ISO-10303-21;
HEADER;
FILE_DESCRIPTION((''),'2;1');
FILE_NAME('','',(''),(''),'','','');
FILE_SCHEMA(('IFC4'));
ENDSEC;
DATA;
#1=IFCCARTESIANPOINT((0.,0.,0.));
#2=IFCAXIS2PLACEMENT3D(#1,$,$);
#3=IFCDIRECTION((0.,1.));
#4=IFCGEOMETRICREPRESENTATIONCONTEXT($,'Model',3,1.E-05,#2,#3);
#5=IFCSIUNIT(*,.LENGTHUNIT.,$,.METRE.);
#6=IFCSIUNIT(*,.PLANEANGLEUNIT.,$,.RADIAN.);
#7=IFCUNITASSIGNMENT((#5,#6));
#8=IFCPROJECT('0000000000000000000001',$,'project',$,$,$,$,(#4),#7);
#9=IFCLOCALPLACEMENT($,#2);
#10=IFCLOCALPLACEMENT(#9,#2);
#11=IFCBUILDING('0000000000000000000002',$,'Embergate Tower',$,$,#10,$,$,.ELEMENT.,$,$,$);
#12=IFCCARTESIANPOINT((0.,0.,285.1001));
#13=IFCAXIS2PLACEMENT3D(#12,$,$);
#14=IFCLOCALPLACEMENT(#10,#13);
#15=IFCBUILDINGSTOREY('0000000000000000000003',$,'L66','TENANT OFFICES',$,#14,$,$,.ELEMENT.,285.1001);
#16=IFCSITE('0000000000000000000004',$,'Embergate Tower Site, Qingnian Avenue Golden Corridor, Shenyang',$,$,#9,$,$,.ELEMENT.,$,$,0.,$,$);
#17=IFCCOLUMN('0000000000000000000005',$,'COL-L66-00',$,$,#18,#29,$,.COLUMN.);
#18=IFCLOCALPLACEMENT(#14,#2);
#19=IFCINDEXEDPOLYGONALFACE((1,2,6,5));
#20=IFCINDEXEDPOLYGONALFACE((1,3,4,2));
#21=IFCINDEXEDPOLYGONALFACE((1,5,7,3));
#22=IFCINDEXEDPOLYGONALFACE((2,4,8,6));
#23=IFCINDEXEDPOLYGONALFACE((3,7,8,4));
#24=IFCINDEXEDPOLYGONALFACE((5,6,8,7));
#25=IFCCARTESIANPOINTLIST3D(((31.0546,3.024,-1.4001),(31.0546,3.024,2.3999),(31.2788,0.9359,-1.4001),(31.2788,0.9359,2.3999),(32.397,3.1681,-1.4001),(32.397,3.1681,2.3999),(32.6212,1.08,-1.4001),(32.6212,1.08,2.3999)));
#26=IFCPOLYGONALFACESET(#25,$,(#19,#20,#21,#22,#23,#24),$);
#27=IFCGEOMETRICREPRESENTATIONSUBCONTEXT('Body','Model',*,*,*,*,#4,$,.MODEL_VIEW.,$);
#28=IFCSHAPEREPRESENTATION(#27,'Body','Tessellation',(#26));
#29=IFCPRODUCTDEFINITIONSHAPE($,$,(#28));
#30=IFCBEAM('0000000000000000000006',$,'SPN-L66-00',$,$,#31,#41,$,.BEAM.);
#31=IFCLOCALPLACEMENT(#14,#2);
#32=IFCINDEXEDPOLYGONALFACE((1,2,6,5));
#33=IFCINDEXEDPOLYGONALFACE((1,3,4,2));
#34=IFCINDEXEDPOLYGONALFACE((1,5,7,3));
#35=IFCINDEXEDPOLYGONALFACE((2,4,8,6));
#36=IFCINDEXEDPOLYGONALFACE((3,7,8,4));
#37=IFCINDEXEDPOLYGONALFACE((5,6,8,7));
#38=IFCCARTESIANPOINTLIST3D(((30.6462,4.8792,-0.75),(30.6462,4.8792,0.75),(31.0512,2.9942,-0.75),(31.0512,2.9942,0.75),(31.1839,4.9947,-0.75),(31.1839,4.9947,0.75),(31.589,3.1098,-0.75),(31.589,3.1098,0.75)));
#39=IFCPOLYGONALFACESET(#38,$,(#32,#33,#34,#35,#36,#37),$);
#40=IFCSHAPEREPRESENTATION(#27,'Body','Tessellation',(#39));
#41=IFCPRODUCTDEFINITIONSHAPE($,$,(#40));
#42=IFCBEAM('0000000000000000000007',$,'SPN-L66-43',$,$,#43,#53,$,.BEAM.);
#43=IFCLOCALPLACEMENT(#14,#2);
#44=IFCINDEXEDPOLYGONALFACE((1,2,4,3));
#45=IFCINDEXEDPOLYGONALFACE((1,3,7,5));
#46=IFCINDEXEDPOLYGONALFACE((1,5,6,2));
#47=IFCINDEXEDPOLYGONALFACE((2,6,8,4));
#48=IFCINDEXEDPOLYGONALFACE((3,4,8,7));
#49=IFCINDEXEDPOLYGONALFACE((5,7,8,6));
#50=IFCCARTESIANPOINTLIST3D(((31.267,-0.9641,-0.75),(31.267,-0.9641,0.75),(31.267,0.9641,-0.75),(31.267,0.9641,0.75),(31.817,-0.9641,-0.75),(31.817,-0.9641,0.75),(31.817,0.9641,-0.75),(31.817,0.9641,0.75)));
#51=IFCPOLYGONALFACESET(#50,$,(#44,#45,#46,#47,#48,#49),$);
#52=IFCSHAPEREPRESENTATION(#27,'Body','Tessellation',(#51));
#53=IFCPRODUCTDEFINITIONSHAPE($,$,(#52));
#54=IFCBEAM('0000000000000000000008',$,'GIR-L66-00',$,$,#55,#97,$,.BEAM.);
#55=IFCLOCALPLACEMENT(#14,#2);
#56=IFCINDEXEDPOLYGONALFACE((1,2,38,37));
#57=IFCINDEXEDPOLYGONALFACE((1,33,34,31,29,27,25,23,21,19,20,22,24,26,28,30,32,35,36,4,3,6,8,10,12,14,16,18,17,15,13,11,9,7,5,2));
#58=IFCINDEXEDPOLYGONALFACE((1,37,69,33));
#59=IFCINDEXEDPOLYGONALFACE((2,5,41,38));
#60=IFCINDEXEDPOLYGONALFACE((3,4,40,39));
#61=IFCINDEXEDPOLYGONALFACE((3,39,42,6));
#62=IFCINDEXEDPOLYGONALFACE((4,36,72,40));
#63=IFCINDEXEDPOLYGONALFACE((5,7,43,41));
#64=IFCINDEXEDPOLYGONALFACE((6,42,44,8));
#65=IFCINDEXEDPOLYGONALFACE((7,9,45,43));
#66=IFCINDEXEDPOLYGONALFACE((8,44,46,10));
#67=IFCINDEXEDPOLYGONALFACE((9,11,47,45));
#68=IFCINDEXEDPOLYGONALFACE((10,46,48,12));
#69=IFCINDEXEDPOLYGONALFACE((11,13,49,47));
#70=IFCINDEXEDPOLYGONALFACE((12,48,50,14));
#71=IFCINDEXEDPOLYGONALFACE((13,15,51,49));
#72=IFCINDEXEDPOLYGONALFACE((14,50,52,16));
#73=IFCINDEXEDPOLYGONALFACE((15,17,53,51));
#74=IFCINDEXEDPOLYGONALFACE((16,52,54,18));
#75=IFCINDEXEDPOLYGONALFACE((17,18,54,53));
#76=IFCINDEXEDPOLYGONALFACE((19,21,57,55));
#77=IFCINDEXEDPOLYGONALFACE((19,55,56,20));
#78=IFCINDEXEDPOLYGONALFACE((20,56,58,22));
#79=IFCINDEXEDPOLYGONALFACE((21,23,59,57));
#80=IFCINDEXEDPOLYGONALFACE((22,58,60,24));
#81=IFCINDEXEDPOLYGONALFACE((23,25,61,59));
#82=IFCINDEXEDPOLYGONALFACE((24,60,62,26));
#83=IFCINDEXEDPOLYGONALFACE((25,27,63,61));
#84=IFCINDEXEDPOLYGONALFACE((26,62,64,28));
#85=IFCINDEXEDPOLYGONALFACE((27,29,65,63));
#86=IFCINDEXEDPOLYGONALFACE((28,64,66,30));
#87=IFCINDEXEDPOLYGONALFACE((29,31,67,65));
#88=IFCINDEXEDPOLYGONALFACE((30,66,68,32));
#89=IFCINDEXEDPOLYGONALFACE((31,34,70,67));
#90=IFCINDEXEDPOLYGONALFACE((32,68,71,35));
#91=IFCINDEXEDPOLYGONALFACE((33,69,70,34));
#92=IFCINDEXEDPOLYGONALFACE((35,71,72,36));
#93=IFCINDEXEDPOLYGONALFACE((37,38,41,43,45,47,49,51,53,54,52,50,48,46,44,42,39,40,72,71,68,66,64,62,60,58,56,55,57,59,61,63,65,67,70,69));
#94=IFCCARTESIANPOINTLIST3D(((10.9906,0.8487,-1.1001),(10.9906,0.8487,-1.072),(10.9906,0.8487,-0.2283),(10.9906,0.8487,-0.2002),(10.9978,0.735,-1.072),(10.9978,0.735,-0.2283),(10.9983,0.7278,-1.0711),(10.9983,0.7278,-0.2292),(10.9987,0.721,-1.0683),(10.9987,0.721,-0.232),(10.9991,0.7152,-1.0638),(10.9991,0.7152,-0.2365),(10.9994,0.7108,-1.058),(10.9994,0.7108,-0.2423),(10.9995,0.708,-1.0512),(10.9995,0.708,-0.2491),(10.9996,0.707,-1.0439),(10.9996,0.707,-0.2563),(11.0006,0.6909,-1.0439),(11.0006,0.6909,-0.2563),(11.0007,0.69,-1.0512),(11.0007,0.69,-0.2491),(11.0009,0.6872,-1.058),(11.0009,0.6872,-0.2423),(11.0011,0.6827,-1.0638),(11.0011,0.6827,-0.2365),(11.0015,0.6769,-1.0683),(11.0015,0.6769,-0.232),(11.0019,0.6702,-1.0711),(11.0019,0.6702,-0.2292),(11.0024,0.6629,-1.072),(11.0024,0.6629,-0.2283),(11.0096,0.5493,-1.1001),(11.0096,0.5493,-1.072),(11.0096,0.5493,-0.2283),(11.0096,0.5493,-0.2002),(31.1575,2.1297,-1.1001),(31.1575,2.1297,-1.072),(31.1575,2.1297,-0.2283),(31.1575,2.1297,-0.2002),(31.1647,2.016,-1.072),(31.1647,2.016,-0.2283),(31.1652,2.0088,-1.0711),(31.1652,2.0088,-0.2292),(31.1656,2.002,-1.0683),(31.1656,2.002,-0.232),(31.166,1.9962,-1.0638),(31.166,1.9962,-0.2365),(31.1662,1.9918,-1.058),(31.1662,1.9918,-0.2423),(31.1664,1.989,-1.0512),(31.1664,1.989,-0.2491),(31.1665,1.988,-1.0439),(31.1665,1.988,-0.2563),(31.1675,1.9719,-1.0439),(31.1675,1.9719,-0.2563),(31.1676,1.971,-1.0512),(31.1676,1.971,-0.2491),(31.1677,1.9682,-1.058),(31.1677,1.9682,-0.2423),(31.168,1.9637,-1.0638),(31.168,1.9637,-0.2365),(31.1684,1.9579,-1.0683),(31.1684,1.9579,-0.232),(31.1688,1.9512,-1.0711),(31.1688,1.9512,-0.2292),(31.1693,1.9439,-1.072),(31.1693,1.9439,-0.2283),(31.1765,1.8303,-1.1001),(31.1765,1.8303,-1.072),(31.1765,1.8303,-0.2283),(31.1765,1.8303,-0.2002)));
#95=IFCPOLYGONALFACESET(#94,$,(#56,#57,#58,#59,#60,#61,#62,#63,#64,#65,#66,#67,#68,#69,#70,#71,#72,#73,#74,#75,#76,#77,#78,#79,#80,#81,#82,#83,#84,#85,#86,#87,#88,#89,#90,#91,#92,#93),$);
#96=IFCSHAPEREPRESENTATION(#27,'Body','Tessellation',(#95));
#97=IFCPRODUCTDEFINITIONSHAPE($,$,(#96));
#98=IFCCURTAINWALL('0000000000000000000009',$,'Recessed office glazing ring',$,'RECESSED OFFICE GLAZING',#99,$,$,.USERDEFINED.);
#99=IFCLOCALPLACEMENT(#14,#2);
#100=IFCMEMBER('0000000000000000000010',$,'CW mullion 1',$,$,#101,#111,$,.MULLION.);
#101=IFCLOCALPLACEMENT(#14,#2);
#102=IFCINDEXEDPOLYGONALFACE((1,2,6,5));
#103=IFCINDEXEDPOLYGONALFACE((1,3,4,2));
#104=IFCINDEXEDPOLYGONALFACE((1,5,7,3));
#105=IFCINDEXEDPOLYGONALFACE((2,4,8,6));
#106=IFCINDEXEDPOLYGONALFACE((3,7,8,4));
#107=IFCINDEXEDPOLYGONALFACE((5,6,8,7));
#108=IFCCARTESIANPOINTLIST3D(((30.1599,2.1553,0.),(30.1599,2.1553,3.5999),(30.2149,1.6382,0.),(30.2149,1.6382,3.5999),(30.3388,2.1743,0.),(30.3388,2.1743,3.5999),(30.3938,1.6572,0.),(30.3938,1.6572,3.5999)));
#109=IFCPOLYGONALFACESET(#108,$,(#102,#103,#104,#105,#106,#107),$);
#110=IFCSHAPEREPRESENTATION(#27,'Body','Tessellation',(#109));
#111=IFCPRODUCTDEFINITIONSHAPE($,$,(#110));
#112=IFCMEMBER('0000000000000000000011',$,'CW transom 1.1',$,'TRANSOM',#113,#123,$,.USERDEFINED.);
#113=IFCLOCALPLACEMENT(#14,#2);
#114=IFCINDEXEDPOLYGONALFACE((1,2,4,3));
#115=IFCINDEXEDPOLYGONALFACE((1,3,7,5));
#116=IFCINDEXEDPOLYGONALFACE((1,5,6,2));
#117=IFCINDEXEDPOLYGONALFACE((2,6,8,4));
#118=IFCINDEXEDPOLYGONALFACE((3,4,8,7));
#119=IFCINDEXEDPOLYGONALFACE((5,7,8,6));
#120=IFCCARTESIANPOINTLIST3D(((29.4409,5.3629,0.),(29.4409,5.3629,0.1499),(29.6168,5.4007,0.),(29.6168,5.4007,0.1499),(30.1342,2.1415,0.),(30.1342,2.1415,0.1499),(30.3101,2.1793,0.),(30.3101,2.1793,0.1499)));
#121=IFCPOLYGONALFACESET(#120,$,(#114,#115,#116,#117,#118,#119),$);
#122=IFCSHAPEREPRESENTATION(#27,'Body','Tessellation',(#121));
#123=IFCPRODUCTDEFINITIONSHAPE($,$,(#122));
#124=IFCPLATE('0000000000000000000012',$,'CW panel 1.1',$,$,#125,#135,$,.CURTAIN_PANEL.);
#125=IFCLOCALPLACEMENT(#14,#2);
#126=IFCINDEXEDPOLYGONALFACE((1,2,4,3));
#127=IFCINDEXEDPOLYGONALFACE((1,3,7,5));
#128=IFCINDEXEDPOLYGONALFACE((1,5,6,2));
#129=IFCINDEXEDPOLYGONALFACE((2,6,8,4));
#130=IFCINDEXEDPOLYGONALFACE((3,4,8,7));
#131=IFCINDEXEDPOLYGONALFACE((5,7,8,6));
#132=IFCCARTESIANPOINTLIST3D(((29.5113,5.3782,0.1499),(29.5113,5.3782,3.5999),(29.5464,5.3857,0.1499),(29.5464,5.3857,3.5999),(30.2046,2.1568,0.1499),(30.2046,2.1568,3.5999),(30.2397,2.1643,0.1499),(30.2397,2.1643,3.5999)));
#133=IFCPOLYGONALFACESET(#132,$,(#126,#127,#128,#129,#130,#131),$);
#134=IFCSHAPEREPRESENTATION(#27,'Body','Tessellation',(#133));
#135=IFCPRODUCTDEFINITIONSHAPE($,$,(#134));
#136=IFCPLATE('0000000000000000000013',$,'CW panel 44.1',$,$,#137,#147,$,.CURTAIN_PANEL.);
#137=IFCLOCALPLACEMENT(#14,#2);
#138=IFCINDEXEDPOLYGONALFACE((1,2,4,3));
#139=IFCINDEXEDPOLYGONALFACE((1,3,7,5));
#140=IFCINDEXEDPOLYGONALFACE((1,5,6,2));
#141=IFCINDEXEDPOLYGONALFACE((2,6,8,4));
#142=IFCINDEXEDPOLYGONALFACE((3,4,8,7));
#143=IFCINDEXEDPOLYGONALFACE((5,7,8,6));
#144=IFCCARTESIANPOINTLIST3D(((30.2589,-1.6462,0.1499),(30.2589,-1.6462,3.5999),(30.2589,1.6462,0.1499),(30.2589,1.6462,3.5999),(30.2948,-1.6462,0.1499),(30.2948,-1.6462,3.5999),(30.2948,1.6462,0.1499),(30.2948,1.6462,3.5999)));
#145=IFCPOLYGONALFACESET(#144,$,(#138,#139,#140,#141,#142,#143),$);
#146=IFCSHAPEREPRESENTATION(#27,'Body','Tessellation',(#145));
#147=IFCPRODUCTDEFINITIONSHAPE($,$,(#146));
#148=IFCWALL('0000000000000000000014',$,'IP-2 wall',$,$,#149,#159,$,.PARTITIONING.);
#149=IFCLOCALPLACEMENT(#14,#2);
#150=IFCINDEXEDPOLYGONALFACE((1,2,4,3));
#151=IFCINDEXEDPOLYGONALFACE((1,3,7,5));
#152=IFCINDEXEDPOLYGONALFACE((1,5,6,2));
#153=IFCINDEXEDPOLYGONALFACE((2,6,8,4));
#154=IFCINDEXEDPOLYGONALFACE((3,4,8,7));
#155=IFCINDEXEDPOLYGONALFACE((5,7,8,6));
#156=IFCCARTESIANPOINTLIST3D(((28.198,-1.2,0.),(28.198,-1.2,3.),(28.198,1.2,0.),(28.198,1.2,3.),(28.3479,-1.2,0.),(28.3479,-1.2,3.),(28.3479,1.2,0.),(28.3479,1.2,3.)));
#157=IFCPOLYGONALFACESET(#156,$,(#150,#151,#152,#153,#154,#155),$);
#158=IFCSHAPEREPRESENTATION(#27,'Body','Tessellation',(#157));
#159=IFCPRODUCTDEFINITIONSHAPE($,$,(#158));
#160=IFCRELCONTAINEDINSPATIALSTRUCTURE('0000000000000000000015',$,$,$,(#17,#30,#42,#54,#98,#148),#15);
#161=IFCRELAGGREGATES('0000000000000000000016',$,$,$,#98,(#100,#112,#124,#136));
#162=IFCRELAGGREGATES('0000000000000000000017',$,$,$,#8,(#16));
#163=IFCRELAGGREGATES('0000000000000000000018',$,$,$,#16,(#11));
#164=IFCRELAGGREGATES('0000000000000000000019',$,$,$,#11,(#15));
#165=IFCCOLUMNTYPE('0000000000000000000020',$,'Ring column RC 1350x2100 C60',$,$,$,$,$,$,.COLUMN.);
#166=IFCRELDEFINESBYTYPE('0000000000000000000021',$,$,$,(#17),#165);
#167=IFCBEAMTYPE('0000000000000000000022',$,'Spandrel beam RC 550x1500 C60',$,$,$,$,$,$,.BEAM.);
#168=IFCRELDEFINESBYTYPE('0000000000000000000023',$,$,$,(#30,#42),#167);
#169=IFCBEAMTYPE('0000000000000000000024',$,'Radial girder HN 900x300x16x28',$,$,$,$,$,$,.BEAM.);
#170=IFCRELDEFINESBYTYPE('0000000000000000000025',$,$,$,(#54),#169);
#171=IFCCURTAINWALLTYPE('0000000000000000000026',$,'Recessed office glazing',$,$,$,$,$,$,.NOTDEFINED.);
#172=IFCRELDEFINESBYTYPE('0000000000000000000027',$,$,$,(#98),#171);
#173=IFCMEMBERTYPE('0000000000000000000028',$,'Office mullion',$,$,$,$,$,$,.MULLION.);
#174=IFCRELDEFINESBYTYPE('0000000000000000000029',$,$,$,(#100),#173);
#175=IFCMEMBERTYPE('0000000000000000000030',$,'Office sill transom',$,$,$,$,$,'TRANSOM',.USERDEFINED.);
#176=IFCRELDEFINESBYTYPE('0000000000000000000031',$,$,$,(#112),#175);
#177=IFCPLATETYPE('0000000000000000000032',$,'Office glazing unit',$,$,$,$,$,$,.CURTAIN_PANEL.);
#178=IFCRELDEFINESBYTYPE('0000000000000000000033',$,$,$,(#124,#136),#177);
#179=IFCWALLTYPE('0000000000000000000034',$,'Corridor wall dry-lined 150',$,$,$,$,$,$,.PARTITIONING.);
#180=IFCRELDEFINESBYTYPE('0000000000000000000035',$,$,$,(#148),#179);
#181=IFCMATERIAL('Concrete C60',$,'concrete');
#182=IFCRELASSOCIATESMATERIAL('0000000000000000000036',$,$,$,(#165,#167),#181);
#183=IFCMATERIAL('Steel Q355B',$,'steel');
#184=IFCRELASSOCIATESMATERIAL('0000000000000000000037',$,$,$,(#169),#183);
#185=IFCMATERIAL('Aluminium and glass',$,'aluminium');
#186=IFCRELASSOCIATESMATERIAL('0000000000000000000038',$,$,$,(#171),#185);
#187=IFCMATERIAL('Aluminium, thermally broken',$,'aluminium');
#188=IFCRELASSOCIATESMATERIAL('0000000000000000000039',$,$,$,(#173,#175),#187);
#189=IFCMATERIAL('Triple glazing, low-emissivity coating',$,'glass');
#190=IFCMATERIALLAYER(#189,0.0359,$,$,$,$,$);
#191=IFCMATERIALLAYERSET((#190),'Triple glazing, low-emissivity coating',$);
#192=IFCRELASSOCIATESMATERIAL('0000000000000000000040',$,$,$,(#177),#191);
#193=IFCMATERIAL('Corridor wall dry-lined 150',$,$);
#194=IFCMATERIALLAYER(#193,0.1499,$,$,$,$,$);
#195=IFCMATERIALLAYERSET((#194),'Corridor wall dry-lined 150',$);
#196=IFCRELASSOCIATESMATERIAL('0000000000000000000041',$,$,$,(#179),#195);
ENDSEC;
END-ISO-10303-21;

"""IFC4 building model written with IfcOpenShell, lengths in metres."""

from ifc_helpers import new_model, si_unit, direction, frame, frame_2d, origin, origin_2d, place, context, subcontext, project, spatial, rectangle, i_section, extrude, source, transform, mapped, material, layer, layer_set, material_profile, profile_set, type_object, element, aggregate, save


model = new_model("IFC4")

# Units and contexts
model_context = context("Model", 3, precision=1e-05, world=origin(), true_north=direction((0.0, 1.0)))
body_context = subcontext(model_context, "Body", "Model", "MODEL_VIEW")
ifc_project = project(units=[si_unit("LENGTHUNIT", "METRE"), si_unit("PLANEANGLEUNIT", "RADIAN")], contexts=[model_context])

# Site, building, storey
site_placement = place(None, origin())
site = spatial("IfcSite", under=ifc_project, at=site_placement, Name="Embergate Tower Site, Qingnian Avenue Golden Corridor, Shenyang", CompositionType="ELEMENT", RefElevation=0.0)
building_placement = place(site_placement, origin())
building = spatial("IfcBuilding", under=site, at=building_placement, Name="Embergate Tower", CompositionType="ELEMENT")
storey_placement = place(building_placement, frame((0.0, 0.0, 285.1001)))
storey = spatial("IfcBuildingStorey", under=building, at=storey_placement, Name="L66", Description="TENANT OFFICES", CompositionType="ELEMENT", Elevation=285.1001)

# Column
ifc_material_1 = material(Name="Concrete C60", Category="concrete")
ifc_material_profile_1 = material_profile(ifc_material_1, rectangle(XDim=1.3501, YDim=2.1001, at=origin_2d()), Name="RC 1350x2100")
ifc_profile_set_1 = profile_set([ifc_material_profile_1], Name="Concrete C60")
column_type = type_object("IfcColumnType", Name="Ring column RC 1350x2100 C60", PredefinedType="COLUMN", material=ifc_profile_set_1)
shared_shape_1 = source(origin(), body_context, "Body", "SweptSolid", [
    extrude(rectangle(XDim=1.3501, YDim=2.1001, at=origin_2d()), origin(), (0.0, 0.0, 1.0), 3.8),
])
column_placement = place(storey_placement, frame((31.8379, 2.052, -1.4001), z_axis=(0.0, 0.0, 1.0), x_axis=(0.994286, 0.10675, 0.0)))
element("IfcColumn", 1, at=column_placement, inside=storey, type_object=column_type, Name="COL-L66-00", PredefinedType="COLUMN", context=body_context, shape_type="MappedRepresentation", body=[
    mapped(shared_shape_1, transform((0.0, 0.0, 0.0))),
])

# Beams
ifc_material_profile_2 = material_profile(ifc_material_1, rectangle(XDim=0.55, YDim=1.5, at=origin_2d()), Name="RC 550x1500")
ifc_profile_set_2 = profile_set([ifc_material_profile_2], Name="Concrete C60")
beam_type_1 = type_object("IfcBeamType", Name="Spandrel beam RC 550x1500 C60", PredefinedType="BEAM", material=ifc_profile_set_2)
shared_shape_2 = source(origin(), body_context, "Body", "SweptSolid", [
    extrude(rectangle(XDim=0.55, YDim=1.5, at=origin_2d()), origin(), (0.0, 0.0, 1.0), 1.928),
])
beam_1_placement = place(storey_placement, frame((31.3201, 3.052, 0.0), z_axis=(-0.210074, 0.977686, 0.0), x_axis=(-0.977686, -0.210074, 0.0)))
element("IfcBeam", 2, at=beam_1_placement, inside=storey, type_object=beam_type_1, Name="SPN-L66-00", PredefinedType="BEAM", context=body_context, shape_type="MappedRepresentation", body=[
    mapped(shared_shape_2, transform((0.0, 0.0, 0.0))),
])
shared_shape_3 = source(origin(), body_context, "Body", "SweptSolid", [
    extrude(rectangle(XDim=0.55, YDim=1.5, at=origin_2d()), origin(), (0.0, 0.0, 1.0), 1.9282),
])
beam_2_placement = place(storey_placement, frame((31.542, -0.9641, 0.0), z_axis=(0.0, 1.0, 0.0), x_axis=(-1.0, 0.0, 0.0)))
element("IfcBeam", 3, at=beam_2_placement, inside=storey, type_object=beam_type_1, Name="SPN-L66-43", PredefinedType="BEAM", context=body_context, shape_type="MappedRepresentation", body=[
    mapped(shared_shape_3, transform((0.0, 0.0, 0.0))),
])
ifc_material_2 = material(Name="Steel Q355B", Category="steel")
ifc_material_profile_3 = material_profile(ifc_material_2, i_section(OverallWidth=0.3, OverallDepth=0.8999, WebThickness=0.0161, FlangeThickness=0.0281, FilletRadius=0.0281, at=origin_2d()), Name="HN 900x300x16x28")
ifc_profile_set_3 = profile_set([ifc_material_profile_3], Name="Steel Q355 grade B")
beam_type_2 = type_object("IfcBeamType", Name="Radial girder HN 900x300x16x28", PredefinedType="BEAM", material=ifc_profile_set_3)
shared_shape_4 = source(origin(), body_context, "Body", "SweptSolid", [
    extrude(i_section(OverallWidth=0.3, OverallDepth=0.8999, WebThickness=0.0161, FlangeThickness=0.0281, FilletRadius=0.0281, at=origin_2d()), origin(), (0.0, 0.0, 1.0), 20.2075),
])
beam_3_placement = place(storey_placement, frame((31.167, 1.98, -0.6501), z_axis=(-0.997989, -0.063392, 0.0), x_axis=(0.063392, -0.997989, 0.0)))
element("IfcBeam", 4, at=beam_3_placement, inside=storey, type_object=beam_type_2, Name="GIR-L66-00", PredefinedType="BEAM", context=body_context, shape_type="MappedRepresentation", body=[
    mapped(shared_shape_4, transform((0.0, 0.0, 0.0))),
])

# Curtain wall, members, plates
ifc_material_3 = material(Name="Aluminium and glass", Category="aluminium")
curtain_wall_type = type_object("IfcCurtainWallType", Name="Recessed office glazing", PredefinedType="NOTDEFINED", material=ifc_material_3)
curtain_wall_placement = place(storey_placement, origin())
curtain_wall = element("IfcCurtainWall", 5, at=curtain_wall_placement, inside=storey, type_object=curtain_wall_type, Name="Recessed office glazing ring", ObjectType="RECESSED OFFICE GLAZING", PredefinedType="USERDEFINED")
ifc_material_4 = material(Name="Aluminium, thermally broken", Category="aluminium")
ifc_material_profile_4 = material_profile(ifc_material_4, rectangle(XDim=0.1799, YDim=0.52, at=origin_2d()), Name="AL 520x180")
ifc_profile_set_4 = profile_set([ifc_material_profile_4], Name="Aluminium, thermally broken")
member_type_1 = type_object("IfcMemberType", Name="Office mullion", PredefinedType="MULLION", material=ifc_profile_set_4)
shared_shape_5 = source(origin(), body_context, "Body", "SweptSolid", [
    extrude(rectangle(XDim=0.1799, YDim=0.52, at=origin_2d()), origin(), (0.0, 0.0, 1.0), 3.5999),
])
member_1_placement = place(storey_placement, frame((30.2769, 1.9062, 0.0), z_axis=(0.0, 0.0, 1.0), x_axis=(-0.994384, -0.105832, 0.0)))
member_1 = element("IfcMember", 6, at=member_1_placement, type_object=member_type_1, Name="CW mullion 1", PredefinedType="MULLION", context=body_context, shape_type="MappedRepresentation", body=[
    mapped(shared_shape_5, transform((0.0, 0.0, 0.0))),
])
ifc_material_profile_5 = material_profile(ifc_material_4, rectangle(XDim=0.1799, YDim=0.1499, at=origin_2d()), Name="AL 150x180")
ifc_profile_set_5 = profile_set([ifc_material_profile_5], Name="Aluminium, thermally broken")
member_type_2 = type_object("IfcMemberType", Name="Office sill transom", ElementType="TRANSOM", PredefinedType="USERDEFINED", material=ifc_profile_set_5)
shared_shape_6 = source(origin(), body_context, "Body", "SweptSolid", [
    extrude(rectangle(XDim=0.1799, YDim=0.1499, at=origin_2d()), origin(), (0.0, 0.0, 1.0), 3.2952),
])
member_2_placement = place(storey_placement, frame((30.2222, 2.1604, 0.075), z_axis=(-0.210414, 0.977612, 0.0), x_axis=(-0.977612, -0.210414, 0.0)))
member_2 = element("IfcMember", 7, at=member_2_placement, type_object=member_type_2, Name="CW transom 1.1", ObjectType="TRANSOM", PredefinedType="USERDEFINED", context=body_context, shape_type="MappedRepresentation", body=[
    mapped(shared_shape_6, transform((0.0, 0.0, 0.0))),
])
ifc_material_5 = material(Name="Triple glazing, low-emissivity coating", Category="glass")
ifc_layer_1 = layer(ifc_material_5, 0.0359)
ifc_layer_set_1 = layer_set([ifc_layer_1], Name="Triple glazing, low-emissivity coating")
plate_type = type_object("IfcPlateType", Name="Office glazing unit", PredefinedType="CURTAIN_PANEL", material=ifc_layer_set_1)
shared_shape_7 = source(origin(), body_context, "Body", "SweptSolid", [
    extrude(rectangle(XDim=3.2952, YDim=0.0359, at=origin_2d()), origin(), (0.0, 0.0, 1.0), 3.45),
])
plate_1_placement = place(storey_placement, frame((29.8755, 3.7712, 0.1499), z_axis=(0.0, 0.0, 1.0), x_axis=(-0.210405, 0.977614, 0.0)))
plate_1 = element("IfcPlate", 8, at=plate_1_placement, type_object=plate_type, Name="CW panel 1.1", PredefinedType="CURTAIN_PANEL", context=body_context, shape_type="MappedRepresentation", body=[
    mapped(shared_shape_7, transform((0.0, 0.0, 0.0))),
])
shared_shape_8 = source(origin(), body_context, "Body", "SweptSolid", [
    extrude(rectangle(XDim=3.2925, YDim=0.0359, at=origin_2d()), origin(), (0.0, 0.0, 1.0), 3.45),
])
plate_2_placement = place(storey_placement, frame((30.2769, 0.0, 0.1499), z_axis=(0.0, 0.0, 1.0), x_axis=(0.0, 1.0, 0.0)))
plate_2 = element("IfcPlate", 9, at=plate_2_placement, type_object=plate_type, Name="CW panel 44.1", PredefinedType="CURTAIN_PANEL", context=body_context, shape_type="MappedRepresentation", body=[
    mapped(shared_shape_8, transform((0.0, 0.0, 0.0))),
])
aggregate(curtain_wall, [member_1, member_2, plate_1, plate_2])

# Wall
ifc_material_6 = material(Name="Corridor wall dry-lined 150")
ifc_layer_2 = layer(ifc_material_6, 0.1499)
ifc_layer_set_2 = layer_set([ifc_layer_2], Name="Corridor wall dry-lined 150")
wall_type_1 = type_object("IfcWallType", Name="Corridor wall dry-lined 150", PredefinedType="PARTITIONING", material=ifc_layer_set_2)
shared_shape_9 = source(origin(), body_context, "Body", "SweptSolid", [
    extrude(rectangle(XDim=2.3999, YDim=0.1499, at=frame_2d((1.2, 0.0))), origin(), (0.0, 0.0, 1.0), 3.0),
])
wall_1_placement = place(storey_placement, frame((28.2729, -1.2, 0.0), z_axis=(0.0, 0.0, 1.0), x_axis=(0.0, 1.0, 0.0)))
element("IfcWall", 10, at=wall_1_placement, inside=storey, type_object=wall_type_1, Name="IP-2 wall", PredefinedType="PARTITIONING", context=body_context, shape_type="MappedRepresentation", body=[
    mapped(shared_shape_9, transform((0.0, 0.0, 0.0))),
])

save(model, "model.ifc")
